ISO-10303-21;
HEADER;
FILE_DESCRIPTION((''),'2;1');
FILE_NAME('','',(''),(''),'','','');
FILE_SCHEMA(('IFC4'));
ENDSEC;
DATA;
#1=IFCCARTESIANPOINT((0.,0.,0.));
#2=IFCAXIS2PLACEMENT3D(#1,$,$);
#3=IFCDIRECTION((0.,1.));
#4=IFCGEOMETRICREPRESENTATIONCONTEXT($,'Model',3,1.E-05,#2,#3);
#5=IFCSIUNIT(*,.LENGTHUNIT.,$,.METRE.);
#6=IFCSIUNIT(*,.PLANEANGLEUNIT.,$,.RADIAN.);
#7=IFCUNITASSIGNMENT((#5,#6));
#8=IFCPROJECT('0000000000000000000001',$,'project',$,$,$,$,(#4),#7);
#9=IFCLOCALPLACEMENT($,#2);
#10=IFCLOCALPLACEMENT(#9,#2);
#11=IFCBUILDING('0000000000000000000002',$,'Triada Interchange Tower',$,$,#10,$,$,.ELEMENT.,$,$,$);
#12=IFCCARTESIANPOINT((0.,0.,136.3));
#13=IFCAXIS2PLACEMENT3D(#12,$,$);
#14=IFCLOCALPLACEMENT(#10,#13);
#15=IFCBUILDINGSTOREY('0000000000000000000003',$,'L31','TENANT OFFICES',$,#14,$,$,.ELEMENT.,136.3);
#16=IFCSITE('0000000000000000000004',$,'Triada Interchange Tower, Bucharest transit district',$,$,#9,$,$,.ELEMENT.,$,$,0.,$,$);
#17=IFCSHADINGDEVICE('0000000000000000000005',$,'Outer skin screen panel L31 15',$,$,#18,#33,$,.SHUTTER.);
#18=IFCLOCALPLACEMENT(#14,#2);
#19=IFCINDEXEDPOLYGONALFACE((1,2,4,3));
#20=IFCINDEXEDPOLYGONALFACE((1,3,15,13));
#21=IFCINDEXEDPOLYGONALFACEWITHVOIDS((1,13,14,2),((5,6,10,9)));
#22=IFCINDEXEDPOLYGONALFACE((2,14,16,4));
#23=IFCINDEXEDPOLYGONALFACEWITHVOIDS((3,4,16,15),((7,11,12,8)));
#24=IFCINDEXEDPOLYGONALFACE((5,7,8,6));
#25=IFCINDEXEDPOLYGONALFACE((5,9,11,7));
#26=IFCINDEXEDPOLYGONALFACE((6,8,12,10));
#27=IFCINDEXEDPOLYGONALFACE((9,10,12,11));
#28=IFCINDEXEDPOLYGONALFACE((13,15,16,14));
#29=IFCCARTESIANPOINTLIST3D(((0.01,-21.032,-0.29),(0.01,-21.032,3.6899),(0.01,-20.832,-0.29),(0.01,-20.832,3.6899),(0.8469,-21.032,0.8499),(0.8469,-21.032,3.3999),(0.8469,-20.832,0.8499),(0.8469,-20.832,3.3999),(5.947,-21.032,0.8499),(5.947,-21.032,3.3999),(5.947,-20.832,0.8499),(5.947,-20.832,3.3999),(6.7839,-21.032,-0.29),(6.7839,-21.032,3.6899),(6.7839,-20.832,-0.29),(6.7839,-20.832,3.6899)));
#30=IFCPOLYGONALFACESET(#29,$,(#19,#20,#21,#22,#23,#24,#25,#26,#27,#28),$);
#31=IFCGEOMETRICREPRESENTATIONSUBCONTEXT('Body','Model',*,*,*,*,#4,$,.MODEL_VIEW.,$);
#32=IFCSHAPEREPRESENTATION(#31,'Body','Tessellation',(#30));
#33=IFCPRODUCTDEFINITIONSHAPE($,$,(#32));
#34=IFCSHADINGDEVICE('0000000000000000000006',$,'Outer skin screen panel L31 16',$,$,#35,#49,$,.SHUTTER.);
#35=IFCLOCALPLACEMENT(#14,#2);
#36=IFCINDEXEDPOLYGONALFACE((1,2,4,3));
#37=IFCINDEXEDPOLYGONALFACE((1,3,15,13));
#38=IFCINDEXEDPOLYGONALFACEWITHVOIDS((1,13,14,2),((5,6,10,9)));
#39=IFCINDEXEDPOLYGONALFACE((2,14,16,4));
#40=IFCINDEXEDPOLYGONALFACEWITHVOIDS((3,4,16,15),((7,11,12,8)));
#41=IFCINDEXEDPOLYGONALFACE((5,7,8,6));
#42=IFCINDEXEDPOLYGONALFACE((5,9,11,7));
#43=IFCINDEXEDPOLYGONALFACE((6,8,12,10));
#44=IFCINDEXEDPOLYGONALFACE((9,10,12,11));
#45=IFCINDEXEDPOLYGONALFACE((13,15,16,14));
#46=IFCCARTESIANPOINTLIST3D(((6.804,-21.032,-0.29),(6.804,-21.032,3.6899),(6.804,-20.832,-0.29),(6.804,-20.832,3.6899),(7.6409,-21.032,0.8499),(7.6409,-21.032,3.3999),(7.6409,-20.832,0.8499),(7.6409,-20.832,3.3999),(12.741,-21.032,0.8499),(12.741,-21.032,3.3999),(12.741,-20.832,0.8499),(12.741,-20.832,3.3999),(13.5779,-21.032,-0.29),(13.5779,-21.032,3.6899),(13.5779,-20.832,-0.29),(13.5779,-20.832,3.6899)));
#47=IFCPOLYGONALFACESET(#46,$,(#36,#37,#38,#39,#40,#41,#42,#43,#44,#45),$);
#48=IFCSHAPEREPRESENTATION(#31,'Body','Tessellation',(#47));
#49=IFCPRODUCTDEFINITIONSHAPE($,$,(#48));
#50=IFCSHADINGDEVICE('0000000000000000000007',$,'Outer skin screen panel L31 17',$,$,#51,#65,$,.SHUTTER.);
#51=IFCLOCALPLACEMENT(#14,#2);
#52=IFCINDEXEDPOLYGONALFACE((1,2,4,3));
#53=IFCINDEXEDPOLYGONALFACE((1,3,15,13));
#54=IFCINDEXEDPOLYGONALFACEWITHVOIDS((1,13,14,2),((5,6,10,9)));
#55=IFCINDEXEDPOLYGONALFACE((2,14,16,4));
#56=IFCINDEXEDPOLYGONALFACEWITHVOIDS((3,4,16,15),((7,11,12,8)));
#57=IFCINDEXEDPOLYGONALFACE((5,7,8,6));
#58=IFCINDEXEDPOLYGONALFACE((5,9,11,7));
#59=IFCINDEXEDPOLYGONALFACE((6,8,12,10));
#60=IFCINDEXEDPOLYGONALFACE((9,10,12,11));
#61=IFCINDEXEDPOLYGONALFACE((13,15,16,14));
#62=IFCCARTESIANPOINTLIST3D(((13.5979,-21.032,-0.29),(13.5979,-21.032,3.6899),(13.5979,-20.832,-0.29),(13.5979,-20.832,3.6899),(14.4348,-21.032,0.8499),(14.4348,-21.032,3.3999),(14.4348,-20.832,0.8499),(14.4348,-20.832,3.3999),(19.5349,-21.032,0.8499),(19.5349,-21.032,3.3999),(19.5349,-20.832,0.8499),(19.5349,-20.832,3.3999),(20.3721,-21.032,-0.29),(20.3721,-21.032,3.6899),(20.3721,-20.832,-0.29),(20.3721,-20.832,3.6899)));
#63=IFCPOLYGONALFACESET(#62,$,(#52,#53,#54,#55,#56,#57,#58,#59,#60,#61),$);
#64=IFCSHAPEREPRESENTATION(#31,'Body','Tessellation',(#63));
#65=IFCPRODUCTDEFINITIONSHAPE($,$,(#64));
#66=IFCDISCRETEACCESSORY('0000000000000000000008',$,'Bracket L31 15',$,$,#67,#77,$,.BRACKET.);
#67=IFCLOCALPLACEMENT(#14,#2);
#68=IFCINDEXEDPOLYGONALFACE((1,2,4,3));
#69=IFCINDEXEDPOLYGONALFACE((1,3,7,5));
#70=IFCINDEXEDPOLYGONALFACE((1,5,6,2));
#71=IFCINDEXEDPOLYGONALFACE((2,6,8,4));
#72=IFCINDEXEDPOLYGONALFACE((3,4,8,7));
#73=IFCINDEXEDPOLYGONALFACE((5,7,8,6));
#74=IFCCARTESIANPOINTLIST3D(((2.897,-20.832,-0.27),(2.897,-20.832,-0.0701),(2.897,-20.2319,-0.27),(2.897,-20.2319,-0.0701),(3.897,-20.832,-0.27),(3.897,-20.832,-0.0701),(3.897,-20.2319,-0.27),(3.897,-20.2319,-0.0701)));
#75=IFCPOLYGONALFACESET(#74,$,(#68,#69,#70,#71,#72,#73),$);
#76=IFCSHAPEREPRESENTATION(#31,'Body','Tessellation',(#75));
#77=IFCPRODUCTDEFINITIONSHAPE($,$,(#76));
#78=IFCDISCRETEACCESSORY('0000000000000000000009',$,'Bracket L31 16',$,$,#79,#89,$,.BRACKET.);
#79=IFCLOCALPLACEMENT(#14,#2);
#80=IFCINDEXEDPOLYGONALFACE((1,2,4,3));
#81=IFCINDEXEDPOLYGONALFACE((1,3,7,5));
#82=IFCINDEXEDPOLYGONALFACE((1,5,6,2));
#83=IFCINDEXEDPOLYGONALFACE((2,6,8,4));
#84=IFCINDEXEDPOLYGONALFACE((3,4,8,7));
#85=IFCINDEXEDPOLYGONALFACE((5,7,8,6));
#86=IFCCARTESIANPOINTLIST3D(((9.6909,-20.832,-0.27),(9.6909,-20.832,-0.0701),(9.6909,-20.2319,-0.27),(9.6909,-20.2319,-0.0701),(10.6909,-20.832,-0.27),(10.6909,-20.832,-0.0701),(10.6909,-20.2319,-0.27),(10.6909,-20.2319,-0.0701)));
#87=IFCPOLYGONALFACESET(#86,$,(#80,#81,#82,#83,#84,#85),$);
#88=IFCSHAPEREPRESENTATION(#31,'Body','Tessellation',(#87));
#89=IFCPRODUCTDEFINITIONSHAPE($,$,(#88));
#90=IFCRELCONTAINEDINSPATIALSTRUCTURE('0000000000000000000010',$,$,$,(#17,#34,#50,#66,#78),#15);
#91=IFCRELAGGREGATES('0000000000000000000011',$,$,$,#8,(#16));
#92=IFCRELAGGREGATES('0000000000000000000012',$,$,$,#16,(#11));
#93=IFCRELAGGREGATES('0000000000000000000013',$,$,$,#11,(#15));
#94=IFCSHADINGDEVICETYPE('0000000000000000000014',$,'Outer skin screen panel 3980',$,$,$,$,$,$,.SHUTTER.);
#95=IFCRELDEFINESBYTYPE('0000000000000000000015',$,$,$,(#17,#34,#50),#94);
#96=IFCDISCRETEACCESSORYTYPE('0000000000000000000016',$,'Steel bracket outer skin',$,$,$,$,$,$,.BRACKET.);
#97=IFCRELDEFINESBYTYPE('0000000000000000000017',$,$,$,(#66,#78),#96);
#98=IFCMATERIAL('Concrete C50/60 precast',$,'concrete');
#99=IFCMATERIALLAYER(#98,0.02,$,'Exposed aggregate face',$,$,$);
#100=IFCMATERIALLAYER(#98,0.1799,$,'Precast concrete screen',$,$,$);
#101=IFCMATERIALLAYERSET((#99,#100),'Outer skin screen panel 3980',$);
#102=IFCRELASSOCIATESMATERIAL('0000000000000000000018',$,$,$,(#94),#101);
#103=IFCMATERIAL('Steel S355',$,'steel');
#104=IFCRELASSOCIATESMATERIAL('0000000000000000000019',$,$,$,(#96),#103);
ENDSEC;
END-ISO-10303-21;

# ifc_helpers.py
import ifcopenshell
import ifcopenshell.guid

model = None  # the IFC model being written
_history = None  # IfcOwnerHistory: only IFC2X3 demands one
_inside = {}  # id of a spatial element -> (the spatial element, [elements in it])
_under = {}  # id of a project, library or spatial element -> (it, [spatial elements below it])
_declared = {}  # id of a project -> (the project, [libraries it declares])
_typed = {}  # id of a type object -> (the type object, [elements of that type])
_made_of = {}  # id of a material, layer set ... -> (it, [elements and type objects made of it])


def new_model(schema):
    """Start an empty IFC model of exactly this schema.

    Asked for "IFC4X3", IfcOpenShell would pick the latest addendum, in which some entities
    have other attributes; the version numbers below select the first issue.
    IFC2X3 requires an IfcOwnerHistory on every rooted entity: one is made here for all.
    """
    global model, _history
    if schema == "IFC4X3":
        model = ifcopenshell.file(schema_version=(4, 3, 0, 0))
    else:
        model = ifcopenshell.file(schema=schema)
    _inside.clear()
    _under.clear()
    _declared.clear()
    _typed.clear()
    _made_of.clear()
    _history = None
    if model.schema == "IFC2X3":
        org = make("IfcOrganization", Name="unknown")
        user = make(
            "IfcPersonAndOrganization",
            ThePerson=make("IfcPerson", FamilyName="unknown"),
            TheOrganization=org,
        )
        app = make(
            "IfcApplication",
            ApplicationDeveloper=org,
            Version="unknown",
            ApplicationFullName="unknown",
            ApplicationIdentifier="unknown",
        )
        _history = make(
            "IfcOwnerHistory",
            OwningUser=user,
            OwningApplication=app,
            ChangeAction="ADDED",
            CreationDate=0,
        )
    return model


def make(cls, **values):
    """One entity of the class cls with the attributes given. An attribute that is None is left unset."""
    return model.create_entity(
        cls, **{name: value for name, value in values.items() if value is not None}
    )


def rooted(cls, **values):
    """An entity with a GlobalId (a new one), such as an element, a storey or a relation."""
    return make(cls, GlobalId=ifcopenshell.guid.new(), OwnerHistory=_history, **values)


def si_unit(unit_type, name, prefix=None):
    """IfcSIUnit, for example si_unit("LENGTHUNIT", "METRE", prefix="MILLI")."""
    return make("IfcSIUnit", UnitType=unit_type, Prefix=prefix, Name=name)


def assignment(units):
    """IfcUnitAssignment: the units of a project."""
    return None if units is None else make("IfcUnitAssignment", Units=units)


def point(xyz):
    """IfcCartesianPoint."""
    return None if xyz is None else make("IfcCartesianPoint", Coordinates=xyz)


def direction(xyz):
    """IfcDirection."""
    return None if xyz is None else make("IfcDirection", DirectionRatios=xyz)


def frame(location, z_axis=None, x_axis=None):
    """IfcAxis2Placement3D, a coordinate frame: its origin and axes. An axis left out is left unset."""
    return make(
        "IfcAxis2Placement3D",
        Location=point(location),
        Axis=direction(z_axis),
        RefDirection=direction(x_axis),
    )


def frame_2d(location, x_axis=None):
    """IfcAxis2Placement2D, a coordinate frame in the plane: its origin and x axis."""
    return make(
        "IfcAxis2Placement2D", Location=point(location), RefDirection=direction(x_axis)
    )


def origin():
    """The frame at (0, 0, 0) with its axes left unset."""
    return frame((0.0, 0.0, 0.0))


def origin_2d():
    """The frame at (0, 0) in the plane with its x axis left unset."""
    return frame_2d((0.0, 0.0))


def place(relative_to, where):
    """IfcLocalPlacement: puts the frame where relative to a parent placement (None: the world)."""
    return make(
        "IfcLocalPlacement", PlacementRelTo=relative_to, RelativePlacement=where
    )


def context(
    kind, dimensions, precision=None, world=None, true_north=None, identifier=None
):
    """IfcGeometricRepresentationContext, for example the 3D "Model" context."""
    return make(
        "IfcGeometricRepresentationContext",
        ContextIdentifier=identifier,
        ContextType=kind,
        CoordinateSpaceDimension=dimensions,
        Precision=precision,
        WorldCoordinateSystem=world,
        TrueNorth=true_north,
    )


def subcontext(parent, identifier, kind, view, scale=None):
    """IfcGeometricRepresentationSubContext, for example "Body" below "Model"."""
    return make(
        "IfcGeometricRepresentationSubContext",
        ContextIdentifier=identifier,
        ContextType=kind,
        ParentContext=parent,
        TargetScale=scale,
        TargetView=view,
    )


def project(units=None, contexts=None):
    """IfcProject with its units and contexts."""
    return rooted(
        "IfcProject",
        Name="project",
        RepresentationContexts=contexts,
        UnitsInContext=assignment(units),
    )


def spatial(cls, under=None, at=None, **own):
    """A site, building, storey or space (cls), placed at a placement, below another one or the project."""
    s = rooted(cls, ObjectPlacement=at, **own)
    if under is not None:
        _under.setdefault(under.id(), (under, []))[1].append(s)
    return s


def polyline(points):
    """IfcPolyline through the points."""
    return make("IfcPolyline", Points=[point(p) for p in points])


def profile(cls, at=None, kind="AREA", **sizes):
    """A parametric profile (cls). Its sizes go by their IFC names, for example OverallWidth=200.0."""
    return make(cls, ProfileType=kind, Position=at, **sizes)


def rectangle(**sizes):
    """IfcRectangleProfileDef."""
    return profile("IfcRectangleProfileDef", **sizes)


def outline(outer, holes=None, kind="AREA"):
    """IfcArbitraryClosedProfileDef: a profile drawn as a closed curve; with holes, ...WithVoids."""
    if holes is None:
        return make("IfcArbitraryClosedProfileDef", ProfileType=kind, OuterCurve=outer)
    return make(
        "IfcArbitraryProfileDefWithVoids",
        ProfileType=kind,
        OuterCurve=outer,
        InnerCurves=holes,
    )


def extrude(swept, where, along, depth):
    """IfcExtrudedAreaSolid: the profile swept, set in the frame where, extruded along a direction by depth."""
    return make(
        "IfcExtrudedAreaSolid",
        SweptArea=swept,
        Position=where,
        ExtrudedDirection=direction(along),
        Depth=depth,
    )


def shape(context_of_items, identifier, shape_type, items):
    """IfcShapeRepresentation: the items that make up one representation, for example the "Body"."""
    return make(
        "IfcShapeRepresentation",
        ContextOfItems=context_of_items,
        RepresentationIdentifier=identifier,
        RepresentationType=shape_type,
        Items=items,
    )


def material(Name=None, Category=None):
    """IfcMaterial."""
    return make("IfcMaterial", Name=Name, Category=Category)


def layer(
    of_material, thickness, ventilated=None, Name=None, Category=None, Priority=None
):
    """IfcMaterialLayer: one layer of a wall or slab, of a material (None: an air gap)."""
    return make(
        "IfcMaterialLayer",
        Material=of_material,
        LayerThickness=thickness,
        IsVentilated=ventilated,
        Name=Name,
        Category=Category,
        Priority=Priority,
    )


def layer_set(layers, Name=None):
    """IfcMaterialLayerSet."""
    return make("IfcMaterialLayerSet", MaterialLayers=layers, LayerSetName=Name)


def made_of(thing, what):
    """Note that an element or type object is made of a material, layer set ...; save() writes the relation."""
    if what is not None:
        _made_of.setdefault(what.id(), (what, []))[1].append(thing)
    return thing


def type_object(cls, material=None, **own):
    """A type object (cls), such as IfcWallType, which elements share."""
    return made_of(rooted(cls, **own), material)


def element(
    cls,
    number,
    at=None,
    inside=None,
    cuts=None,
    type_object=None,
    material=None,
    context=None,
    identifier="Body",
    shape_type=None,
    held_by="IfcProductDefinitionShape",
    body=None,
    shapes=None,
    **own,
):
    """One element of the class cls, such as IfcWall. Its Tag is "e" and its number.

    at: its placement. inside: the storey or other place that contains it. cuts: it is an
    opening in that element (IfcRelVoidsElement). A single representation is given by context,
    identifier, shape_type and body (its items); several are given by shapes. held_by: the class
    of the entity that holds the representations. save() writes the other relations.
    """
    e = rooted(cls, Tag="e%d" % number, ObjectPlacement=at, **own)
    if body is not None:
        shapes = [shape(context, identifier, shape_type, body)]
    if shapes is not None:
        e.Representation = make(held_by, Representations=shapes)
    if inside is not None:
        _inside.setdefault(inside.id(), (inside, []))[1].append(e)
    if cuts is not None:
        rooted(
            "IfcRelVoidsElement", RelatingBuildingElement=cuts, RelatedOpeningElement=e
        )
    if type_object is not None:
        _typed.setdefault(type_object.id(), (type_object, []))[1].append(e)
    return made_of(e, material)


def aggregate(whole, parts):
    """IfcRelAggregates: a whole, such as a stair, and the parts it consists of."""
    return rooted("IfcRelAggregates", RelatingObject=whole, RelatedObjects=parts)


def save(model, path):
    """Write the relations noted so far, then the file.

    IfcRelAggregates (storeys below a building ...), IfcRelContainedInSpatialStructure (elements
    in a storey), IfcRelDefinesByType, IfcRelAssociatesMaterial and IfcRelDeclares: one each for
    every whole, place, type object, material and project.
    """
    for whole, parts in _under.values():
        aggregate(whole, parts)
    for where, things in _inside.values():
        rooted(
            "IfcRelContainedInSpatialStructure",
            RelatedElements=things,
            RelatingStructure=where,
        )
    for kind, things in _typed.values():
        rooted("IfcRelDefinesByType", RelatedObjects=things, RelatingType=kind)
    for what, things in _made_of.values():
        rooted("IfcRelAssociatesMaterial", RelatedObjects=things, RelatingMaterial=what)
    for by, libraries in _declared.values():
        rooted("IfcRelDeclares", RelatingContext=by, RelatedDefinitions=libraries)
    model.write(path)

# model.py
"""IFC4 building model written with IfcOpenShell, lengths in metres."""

from ifc_helpers import new_model, si_unit, direction, frame, origin, origin_2d, place, context, subcontext, project, spatial, polyline, rectangle, outline, extrude, material, layer, layer_set, type_object, element, save


model = new_model("IFC4")

# Units and contexts
model_context = context("Model", 3, precision=1e-05, world=origin(), true_north=direction((0.0, 1.0)))
body_context = subcontext(model_context, "Body", "Model", "MODEL_VIEW")
ifc_project = project(units=[si_unit("LENGTHUNIT", "METRE"), si_unit("PLANEANGLEUNIT", "RADIAN")], contexts=[model_context])

# Site, building, storey
site_placement = place(None, origin())
site = spatial("IfcSite", under=ifc_project, at=site_placement, Name="Triada Interchange Tower, Bucharest transit district", CompositionType="ELEMENT", RefElevation=0.0)
building_placement = place(site_placement, origin())
building = spatial("IfcBuilding", under=site, at=building_placement, Name="Triada Interchange Tower", CompositionType="ELEMENT")
storey_placement = place(building_placement, frame((0.0, 0.0, 136.3)))
storey = spatial("IfcBuildingStorey", under=building, at=storey_placement, Name="L31", Description="TENANT OFFICES", CompositionType="ELEMENT", Elevation=136.3)

# Shading devices
ifc_material_1 = material(Name="Concrete C50/60 precast", Category="concrete")
ifc_layer_1 = layer(ifc_material_1, 0.02, Name="Exposed aggregate face")
ifc_layer_2 = layer(ifc_material_1, 0.1799, Name="Precast concrete screen")
ifc_layer_set_1 = layer_set([ifc_layer_1, ifc_layer_2], Name="Outer skin screen panel 3980")
shading_device_type = type_object("IfcShadingDeviceType", Name="Outer skin screen panel 3980", PredefinedType="SHUTTER", material=ifc_layer_set_1)
for number, where, z_axis, x_axis, name in (
    (1, (0.01, -20.832, -0.29), (0.0, 0.0, 1.0), (1.0, 0.0, 0.0), "Outer skin screen panel L31 15"),
    (2, (6.804, -20.832, -0.29), (0.0, 0.0, 1.0), (1.0, 0.0, 0.0), "Outer skin screen panel L31 16"),
):
    element("IfcShadingDevice", number, at=place(storey_placement, frame(where, z_axis=z_axis, x_axis=x_axis)), inside=storey, type_object=shading_device_type, Name=name, PredefinedType="SHUTTER", context=body_context, shape_type="SweptSolid", body=[
        extrude(outline(polyline([(0.0, 0.0), (6.7739, 0.0), (6.7739, 3.98), (0.0, 3.98), (0.0, 0.0)]), holes=[polyline([(0.8369, 1.1399), (0.8369, 3.6899), (5.937, 3.6899), (5.937, 1.1399), (0.8369, 1.1399)])]), frame((0.0, 0.0, 0.0), z_axis=(0.0, -1.0, 0.0), x_axis=(1.0, 0.0, 0.0)), (0.0, 0.0, 1.0), 0.2),
    ])
shading_device_placement = place(storey_placement, frame((13.5979, -20.832, -0.29), z_axis=(0.0, 0.0, 1.0), x_axis=(1.0, 0.0, 0.0)))
element("IfcShadingDevice", 3, at=shading_device_placement, inside=storey, type_object=shading_device_type, Name="Outer skin screen panel L31 17", PredefinedType="SHUTTER", context=body_context, shape_type="SweptSolid", body=[
    extrude(outline(polyline([(0.0, 0.0), (6.7742, 0.0), (6.7742, 3.98), (0.0, 3.98), (0.0, 0.0)]), holes=[polyline([(0.8369, 1.1399), (0.8369, 3.6899), (5.937, 3.6899), (5.937, 1.1399), (0.8369, 1.1399)])]), frame((0.0, 0.0, 0.0), z_axis=(0.0, -1.0, 0.0), x_axis=(1.0, 0.0, 0.0)), (0.0, 0.0, 1.0), 0.2),
])

# Discrete accessories
ifc_material_2 = material(Name="Steel S355", Category="steel")
discrete_accessory_type = type_object("IfcDiscreteAccessoryType", Name="Steel bracket outer skin", PredefinedType="BRACKET", material=ifc_material_2)
for number, where, z_axis, x_axis, name in (
    (4, (3.397, -20.532, -0.27), (0.0, 0.0, 1.0), (0.0, -1.0, 0.0), "Bracket L31 15"),
    (5, (10.1909, -20.532, -0.27), (0.0, 0.0, 1.0), (0.0, -1.0, 0.0), "Bracket L31 16"),
):
    element("IfcDiscreteAccessory", number, at=place(storey_placement, frame(where, z_axis=z_axis, x_axis=x_axis)), inside=storey, type_object=discrete_accessory_type, Name=name, PredefinedType="BRACKET", context=body_context, shape_type="SweptSolid", body=[
        extrude(rectangle(XDim=0.6001, YDim=1.0, at=origin_2d()), origin(), (0.0, 0.0, 1.0), 0.2),
    ])

save(model, "model.ifc")
